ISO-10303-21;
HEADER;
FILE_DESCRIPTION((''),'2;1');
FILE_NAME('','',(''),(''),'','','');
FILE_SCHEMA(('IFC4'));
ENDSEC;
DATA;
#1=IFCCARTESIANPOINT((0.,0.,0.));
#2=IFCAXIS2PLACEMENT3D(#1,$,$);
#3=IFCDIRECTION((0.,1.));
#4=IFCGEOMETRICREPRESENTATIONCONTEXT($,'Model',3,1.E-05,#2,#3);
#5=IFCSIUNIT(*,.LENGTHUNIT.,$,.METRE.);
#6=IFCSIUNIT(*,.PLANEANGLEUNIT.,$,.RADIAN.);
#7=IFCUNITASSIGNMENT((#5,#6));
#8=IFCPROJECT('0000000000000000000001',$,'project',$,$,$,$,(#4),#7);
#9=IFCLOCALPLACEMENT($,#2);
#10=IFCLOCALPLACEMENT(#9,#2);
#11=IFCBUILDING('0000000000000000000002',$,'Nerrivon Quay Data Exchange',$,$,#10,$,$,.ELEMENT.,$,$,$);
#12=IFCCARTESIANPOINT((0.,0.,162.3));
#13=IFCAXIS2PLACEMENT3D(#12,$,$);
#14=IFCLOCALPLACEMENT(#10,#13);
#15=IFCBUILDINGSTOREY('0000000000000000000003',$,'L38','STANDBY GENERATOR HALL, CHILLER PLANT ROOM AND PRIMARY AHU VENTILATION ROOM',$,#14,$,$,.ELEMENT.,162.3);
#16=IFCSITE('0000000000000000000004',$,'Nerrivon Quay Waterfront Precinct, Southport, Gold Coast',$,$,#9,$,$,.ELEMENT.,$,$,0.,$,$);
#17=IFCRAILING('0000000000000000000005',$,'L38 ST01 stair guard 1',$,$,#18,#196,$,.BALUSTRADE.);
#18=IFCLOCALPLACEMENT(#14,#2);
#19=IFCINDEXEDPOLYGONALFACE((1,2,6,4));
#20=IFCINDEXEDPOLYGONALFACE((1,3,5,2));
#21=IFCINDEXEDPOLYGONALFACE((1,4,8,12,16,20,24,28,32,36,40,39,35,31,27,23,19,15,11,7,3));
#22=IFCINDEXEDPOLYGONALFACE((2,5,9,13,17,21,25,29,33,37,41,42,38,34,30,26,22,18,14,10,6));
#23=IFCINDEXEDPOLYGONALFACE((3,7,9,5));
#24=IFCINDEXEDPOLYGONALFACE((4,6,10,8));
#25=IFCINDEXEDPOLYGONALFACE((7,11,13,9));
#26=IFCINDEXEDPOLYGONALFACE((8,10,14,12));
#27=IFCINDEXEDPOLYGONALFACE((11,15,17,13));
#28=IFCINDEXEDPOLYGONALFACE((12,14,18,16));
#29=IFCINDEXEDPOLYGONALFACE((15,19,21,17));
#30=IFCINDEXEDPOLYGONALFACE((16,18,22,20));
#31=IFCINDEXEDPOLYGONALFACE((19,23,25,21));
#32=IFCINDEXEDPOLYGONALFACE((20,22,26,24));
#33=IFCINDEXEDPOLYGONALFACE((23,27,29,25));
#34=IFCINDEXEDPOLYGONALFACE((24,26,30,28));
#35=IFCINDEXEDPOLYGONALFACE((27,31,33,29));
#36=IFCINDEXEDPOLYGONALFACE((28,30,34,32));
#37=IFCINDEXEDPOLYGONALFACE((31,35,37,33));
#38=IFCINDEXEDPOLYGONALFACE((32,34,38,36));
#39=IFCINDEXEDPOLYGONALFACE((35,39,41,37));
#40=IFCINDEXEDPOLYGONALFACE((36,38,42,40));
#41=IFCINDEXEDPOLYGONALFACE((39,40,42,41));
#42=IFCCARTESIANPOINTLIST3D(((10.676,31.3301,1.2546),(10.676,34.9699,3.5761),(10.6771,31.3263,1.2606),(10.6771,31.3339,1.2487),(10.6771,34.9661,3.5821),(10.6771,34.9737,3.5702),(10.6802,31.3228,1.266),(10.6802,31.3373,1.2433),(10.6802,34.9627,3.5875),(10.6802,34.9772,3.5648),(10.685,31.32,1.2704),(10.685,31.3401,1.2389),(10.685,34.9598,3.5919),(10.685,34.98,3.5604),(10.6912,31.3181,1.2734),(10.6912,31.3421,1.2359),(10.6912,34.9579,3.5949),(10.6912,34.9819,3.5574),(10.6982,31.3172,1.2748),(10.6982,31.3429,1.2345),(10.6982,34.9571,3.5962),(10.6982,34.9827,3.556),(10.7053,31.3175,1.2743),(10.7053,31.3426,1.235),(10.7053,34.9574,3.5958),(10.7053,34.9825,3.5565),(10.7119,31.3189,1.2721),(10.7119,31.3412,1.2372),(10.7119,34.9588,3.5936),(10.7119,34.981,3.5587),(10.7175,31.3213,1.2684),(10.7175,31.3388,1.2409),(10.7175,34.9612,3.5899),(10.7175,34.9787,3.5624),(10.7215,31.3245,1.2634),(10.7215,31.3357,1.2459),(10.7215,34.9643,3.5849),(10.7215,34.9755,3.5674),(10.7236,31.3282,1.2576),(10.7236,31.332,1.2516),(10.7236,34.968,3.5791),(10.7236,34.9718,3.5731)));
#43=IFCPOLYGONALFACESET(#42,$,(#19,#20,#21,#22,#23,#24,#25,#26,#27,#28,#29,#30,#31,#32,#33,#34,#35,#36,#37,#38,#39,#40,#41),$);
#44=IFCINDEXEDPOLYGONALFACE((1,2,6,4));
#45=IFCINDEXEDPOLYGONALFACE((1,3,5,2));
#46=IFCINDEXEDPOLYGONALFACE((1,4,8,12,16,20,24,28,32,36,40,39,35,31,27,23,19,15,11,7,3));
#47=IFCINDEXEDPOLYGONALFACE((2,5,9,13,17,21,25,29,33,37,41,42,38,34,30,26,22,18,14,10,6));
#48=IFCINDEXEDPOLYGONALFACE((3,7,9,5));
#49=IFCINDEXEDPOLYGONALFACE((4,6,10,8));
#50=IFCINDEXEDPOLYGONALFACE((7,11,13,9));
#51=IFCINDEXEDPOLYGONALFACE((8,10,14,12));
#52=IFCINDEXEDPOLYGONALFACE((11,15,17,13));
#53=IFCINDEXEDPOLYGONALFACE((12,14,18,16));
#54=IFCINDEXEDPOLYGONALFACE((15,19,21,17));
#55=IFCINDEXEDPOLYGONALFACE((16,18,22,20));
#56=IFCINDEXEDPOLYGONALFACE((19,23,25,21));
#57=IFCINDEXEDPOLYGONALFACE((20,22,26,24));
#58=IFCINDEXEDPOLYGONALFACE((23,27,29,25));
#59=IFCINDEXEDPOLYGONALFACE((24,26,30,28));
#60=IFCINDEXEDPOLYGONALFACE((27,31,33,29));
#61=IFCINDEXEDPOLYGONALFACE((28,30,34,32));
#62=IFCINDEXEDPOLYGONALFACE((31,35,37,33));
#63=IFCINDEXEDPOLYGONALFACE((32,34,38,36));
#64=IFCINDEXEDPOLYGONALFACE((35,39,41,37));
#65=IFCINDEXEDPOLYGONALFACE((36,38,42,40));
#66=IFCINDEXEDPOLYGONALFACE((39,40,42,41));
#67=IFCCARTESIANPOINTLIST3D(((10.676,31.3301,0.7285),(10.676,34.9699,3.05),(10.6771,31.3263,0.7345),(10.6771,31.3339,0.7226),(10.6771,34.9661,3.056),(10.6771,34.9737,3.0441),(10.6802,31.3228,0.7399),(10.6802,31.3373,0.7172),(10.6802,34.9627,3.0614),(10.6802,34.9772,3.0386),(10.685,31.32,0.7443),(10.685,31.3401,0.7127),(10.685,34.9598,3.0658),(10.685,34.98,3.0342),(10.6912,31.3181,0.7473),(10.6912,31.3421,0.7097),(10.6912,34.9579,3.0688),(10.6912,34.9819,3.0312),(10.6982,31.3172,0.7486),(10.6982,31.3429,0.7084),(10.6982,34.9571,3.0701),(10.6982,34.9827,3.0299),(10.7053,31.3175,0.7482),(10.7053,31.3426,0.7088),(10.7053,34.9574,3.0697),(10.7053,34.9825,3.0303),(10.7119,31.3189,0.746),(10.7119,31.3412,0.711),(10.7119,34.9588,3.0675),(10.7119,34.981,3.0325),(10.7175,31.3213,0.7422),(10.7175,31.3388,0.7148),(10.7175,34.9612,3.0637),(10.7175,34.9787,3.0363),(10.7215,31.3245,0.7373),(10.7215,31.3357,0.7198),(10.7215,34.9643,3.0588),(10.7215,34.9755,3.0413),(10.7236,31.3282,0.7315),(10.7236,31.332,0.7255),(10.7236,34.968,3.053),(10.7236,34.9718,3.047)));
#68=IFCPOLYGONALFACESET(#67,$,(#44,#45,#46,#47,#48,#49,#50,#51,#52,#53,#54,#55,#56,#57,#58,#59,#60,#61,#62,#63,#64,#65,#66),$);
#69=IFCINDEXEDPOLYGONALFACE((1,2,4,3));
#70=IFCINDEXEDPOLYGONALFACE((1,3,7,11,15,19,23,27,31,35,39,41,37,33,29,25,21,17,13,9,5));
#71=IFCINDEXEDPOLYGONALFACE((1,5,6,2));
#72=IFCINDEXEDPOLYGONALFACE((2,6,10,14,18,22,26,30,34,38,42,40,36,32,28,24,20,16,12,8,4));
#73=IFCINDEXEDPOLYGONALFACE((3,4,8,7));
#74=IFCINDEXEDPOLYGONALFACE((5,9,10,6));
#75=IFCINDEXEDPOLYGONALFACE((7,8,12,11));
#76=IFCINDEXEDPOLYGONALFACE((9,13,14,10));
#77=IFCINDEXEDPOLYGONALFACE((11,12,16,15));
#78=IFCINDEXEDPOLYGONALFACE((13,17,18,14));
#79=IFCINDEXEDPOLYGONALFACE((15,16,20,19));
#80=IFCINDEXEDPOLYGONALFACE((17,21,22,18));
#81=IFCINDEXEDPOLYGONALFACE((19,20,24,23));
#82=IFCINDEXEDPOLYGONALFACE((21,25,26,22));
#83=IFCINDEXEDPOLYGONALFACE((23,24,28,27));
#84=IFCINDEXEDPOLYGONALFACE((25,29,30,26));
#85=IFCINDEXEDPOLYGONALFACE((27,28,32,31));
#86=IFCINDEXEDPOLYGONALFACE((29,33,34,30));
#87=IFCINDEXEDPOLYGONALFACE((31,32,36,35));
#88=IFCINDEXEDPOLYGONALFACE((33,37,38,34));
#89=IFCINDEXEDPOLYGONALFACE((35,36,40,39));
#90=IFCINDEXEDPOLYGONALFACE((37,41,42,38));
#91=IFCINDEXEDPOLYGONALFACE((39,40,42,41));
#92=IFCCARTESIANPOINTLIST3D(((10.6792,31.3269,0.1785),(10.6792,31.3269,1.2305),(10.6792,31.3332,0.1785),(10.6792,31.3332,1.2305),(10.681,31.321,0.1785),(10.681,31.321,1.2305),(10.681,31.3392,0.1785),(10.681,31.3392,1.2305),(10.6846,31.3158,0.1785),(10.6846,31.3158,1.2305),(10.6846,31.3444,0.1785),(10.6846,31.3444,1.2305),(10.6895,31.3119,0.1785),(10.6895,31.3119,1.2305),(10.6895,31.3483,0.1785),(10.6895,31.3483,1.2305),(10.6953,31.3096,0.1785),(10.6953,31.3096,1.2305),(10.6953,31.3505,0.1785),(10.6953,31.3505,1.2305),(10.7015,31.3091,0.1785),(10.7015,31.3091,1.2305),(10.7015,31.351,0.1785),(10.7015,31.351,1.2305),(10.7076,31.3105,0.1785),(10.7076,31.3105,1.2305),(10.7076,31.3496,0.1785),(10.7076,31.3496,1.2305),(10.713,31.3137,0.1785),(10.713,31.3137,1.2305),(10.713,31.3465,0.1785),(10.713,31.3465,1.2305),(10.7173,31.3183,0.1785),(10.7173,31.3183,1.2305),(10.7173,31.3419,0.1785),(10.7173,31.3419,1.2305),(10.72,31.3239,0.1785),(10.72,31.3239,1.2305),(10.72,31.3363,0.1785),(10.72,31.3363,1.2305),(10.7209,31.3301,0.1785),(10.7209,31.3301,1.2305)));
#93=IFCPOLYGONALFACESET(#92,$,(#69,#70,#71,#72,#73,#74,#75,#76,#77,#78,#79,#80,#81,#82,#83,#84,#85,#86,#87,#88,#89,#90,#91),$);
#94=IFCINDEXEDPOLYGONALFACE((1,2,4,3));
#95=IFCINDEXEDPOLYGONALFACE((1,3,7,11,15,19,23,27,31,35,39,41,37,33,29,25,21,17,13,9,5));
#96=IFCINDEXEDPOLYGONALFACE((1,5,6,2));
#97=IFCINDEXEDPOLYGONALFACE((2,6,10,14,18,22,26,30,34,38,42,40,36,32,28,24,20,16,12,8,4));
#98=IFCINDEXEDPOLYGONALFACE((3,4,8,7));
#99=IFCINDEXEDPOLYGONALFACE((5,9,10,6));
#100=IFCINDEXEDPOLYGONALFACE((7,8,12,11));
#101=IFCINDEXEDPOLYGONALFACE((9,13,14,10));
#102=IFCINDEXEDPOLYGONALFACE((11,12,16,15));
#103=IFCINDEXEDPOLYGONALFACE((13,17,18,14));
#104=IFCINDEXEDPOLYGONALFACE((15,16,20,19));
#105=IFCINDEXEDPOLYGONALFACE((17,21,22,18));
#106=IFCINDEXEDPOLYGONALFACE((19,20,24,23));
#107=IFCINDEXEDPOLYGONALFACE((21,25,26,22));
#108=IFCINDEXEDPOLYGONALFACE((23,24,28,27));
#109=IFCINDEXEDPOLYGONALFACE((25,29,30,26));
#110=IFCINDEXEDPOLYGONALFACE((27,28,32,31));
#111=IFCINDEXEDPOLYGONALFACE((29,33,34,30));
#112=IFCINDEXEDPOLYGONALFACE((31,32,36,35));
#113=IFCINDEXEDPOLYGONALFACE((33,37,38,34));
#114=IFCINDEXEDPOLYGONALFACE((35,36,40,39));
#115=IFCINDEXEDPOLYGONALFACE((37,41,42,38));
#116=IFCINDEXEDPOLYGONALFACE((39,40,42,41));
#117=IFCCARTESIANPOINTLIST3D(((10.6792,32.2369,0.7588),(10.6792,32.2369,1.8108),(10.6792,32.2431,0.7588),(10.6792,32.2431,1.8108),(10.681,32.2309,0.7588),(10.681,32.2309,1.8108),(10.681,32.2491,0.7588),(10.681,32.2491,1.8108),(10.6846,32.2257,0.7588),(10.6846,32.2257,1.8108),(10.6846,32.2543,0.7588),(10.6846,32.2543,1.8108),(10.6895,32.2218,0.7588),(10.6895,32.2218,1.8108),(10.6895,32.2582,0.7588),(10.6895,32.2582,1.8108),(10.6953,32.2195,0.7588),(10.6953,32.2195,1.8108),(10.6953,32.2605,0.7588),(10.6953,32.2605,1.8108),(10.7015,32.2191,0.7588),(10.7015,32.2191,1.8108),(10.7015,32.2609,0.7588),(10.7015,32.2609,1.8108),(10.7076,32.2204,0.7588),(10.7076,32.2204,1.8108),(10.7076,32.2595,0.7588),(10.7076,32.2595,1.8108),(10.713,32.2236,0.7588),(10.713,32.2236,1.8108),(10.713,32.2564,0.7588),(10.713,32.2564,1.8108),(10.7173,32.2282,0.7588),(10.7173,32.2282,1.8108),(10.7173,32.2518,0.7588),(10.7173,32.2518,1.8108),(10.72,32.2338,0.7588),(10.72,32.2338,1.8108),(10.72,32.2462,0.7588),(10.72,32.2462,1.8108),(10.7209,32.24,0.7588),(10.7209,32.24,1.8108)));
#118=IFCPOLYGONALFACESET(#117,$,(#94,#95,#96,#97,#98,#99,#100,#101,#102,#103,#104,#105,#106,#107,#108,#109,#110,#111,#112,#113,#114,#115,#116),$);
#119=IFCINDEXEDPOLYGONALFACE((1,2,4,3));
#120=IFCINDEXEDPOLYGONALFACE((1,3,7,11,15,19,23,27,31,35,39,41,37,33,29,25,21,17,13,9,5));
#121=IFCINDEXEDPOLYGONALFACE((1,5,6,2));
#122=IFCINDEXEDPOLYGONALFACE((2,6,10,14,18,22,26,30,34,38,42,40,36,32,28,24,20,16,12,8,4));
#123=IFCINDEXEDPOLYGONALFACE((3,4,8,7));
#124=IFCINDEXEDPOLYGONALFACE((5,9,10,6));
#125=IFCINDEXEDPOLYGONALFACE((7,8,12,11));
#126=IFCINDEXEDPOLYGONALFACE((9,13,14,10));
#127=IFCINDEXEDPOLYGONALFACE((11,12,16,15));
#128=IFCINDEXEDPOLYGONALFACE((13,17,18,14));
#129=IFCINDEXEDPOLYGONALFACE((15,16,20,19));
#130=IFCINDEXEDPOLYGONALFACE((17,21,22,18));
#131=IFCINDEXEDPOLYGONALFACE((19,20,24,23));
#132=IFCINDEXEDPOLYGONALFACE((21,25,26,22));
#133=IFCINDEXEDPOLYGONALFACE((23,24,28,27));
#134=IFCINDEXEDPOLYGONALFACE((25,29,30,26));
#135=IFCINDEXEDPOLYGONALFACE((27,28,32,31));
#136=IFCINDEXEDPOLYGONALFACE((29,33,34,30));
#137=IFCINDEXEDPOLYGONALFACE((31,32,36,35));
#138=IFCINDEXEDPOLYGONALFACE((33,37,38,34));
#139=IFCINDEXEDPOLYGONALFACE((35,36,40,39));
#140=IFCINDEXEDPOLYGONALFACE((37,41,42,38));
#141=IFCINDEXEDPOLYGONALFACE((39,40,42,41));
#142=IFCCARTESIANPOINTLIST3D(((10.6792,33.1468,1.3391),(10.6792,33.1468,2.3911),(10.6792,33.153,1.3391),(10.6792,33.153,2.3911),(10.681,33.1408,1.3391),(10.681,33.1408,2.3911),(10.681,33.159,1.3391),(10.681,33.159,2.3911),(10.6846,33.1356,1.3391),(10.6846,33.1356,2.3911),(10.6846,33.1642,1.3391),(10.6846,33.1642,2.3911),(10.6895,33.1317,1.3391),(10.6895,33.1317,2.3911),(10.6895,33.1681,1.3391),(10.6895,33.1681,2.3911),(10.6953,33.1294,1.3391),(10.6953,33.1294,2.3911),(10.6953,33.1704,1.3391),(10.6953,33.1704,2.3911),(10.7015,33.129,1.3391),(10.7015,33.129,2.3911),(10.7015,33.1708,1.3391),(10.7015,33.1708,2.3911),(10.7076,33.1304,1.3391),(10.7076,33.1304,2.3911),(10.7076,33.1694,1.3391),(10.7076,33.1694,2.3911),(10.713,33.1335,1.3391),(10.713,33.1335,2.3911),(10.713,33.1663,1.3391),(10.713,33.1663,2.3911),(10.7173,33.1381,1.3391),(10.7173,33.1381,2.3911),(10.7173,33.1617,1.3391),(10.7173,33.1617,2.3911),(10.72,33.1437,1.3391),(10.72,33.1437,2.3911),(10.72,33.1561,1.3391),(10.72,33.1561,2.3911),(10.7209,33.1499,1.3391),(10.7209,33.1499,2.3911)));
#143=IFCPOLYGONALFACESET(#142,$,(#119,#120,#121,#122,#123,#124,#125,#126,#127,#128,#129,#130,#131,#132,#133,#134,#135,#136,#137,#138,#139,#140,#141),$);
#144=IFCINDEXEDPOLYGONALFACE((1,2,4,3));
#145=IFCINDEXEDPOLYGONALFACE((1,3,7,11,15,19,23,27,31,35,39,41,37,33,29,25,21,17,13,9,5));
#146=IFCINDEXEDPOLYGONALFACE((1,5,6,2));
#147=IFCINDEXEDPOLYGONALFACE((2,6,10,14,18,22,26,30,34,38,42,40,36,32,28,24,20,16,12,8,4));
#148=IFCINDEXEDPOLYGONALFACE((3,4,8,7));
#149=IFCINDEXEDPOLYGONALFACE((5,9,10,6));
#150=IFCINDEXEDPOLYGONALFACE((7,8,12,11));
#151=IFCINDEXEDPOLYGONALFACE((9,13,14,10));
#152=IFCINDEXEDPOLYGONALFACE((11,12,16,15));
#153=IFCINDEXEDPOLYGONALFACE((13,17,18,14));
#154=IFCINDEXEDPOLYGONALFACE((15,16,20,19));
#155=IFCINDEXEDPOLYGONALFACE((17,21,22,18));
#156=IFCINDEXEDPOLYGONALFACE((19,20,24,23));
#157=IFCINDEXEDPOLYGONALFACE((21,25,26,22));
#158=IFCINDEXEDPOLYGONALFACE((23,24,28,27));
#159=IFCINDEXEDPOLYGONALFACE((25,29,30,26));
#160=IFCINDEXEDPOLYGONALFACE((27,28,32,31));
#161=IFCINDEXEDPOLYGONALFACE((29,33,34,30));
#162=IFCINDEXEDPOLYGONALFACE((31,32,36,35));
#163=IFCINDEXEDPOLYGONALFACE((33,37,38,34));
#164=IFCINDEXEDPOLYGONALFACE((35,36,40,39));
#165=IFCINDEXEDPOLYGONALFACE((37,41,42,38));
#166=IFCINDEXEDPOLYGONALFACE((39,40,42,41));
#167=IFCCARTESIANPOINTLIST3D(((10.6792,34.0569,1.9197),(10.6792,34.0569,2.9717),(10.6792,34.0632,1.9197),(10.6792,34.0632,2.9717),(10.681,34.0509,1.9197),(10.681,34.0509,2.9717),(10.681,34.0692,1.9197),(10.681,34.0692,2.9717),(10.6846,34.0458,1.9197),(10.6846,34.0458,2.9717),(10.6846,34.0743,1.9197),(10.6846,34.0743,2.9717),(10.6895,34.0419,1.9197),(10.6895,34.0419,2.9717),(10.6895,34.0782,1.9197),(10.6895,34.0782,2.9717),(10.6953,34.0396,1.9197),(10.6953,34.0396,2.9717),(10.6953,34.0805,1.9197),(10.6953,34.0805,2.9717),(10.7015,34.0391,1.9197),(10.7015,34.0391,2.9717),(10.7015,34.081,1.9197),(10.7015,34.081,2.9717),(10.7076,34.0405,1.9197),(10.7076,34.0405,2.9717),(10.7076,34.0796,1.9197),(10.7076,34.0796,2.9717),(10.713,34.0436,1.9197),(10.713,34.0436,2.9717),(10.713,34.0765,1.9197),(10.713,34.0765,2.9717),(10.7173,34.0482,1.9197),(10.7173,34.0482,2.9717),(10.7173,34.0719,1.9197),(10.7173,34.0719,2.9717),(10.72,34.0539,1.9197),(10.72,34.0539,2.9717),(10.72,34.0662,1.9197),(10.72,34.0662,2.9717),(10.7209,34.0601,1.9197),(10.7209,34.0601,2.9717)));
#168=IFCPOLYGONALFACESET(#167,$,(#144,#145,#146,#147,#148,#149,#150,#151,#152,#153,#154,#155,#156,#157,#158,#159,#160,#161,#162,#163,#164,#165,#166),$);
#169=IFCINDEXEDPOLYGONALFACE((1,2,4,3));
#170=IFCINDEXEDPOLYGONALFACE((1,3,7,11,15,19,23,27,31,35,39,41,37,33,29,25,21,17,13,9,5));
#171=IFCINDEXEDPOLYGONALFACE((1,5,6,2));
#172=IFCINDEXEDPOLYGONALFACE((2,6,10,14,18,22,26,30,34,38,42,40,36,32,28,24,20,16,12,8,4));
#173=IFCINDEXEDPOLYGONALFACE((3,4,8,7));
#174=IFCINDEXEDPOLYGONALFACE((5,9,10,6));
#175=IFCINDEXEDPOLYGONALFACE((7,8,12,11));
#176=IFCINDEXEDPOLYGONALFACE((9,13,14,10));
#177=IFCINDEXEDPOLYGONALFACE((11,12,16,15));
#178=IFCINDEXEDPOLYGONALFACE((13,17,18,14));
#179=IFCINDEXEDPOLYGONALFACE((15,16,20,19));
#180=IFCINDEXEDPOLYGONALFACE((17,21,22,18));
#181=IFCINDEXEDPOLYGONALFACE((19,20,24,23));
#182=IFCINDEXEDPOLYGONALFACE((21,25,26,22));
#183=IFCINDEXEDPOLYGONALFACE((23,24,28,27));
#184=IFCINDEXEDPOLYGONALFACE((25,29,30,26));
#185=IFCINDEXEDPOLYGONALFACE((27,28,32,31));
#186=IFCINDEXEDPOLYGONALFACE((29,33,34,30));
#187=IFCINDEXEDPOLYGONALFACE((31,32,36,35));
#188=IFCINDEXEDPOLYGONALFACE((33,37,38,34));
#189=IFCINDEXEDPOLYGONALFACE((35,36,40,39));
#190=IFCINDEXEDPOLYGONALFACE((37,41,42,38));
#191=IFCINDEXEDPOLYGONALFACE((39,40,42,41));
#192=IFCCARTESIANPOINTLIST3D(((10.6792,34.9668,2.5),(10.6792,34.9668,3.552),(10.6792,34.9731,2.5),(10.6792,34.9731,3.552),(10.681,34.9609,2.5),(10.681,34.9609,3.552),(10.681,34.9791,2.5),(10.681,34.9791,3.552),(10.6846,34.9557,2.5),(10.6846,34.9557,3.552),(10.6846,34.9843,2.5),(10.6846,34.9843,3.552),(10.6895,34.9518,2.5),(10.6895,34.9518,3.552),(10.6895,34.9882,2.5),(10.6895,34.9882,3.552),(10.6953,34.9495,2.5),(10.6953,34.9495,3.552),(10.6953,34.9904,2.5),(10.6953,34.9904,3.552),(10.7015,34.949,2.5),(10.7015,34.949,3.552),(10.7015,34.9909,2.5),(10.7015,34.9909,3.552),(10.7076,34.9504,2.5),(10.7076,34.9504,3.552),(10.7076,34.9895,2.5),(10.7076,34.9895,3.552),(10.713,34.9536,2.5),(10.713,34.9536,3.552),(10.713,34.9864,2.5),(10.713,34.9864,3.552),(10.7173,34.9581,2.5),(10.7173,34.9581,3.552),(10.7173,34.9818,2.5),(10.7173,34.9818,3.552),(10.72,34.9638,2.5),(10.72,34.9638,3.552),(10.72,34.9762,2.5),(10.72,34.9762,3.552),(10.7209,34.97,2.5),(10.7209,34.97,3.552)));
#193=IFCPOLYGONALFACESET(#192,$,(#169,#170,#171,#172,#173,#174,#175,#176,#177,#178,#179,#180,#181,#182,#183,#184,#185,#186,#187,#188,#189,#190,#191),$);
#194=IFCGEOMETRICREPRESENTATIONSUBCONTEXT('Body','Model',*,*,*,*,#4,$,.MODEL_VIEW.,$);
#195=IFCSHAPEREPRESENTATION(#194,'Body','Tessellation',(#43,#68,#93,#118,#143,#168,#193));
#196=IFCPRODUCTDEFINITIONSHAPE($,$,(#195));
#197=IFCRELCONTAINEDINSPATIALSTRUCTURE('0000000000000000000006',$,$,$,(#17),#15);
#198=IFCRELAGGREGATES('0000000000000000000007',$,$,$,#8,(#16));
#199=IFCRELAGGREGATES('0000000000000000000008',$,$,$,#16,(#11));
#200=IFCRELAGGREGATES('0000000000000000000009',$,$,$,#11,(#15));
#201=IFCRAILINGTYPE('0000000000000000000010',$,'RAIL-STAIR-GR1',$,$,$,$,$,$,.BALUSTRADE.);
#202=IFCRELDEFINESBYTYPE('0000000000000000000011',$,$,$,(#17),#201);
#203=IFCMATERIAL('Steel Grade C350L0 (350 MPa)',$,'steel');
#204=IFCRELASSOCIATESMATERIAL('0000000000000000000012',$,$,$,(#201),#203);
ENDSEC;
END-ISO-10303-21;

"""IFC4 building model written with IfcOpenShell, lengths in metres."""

from ifc_helpers import new_model, si_unit, direction, frame, origin, origin_2d, place, context, subcontext, project, spatial, circle, extrude, material, type_object, element, save


model = new_model("IFC4")

# Units and contexts
model_context = context("Model", 3, precision=1e-05, world=origin(), true_north=direction((0.0, 1.0)))
body_context = subcontext(model_context, "Body", "Model", "MODEL_VIEW")
ifc_project = project(units=[si_unit("LENGTHUNIT", "METRE"), si_unit("PLANEANGLEUNIT", "RADIAN")], contexts=[model_context])

# Site, building, storey
site_placement = place(None, origin())
site = spatial("IfcSite", under=ifc_project, at=site_placement, Name="Nerrivon Quay Waterfront Precinct, Southport, Gold Coast", CompositionType="ELEMENT", RefElevation=0.0)
building_placement = place(site_placement, origin())
building = spatial("IfcBuilding", under=site, at=building_placement, Name="Nerrivon Quay Data Exchange", CompositionType="ELEMENT")
storey_placement = place(building_placement, frame((0.0, 0.0, 162.3)))
storey = spatial("IfcBuildingStorey", under=building, at=storey_placement, Name="L38", Description="STANDBY GENERATOR HALL, CHILLER PLANT ROOM AND PRIMARY AHU VENTILATION ROOM", CompositionType="ELEMENT", Elevation=162.3)

# Shared definitions
ifc_material_1 = material(Name="Steel Grade C350L0 (350 MPa)", Category="steel")

# Railing
railing_type_1 = type_object("IfcRailingType", Name="RAIL-STAIR-GR1", PredefinedType="BALUSTRADE", material=ifc_material_1)
railing_1_placement = place(storey_placement, frame((10.7, 31.3301, 0.1785)))
element("IfcRailing", 1, at=railing_1_placement, inside=storey, type_object=railing_type_1, Name="L38 ST01 stair guard 1", PredefinedType="BALUSTRADE", context=body_context, shape_type="SweptSolid", body=[
    extrude(circle(Radius=0.0239, at=origin_2d()), frame((0.0, 0.0, 1.0762), z_axis=(0.0, 0.843112, 0.537739), x_axis=(-1.0, 0.0, 0.0)), (0.0, 0.0, 1.0), 4.3171),
    extrude(circle(Radius=0.0239, at=origin_2d()), frame((0.0, 0.0, 0.55), z_axis=(0.0, 0.843112, 0.537739), x_axis=(-1.0, 0.0, 0.0)), (0.0, 0.0, 1.0), 4.3171),
    extrude(circle(Radius=0.021, at=origin_2d()), origin(), (0.0, 0.0, 1.0), 1.052),
    extrude(circle(Radius=0.021, at=origin_2d()), frame((0.0, 0.9099, 0.5803)), (0.0, 0.0, 1.0), 1.052),
    extrude(circle(Radius=0.021, at=origin_2d()), frame((0.0, 1.8198, 1.1606)), (0.0, 0.0, 1.0), 1.052),
    extrude(circle(Radius=0.021, at=origin_2d()), frame((0.0, 2.73, 1.7412)), (0.0, 0.0, 1.0), 1.052),
    extrude(circle(Radius=0.021, at=origin_2d()), frame((0.0, 3.6399, 2.3215)), (0.0, 0.0, 1.0), 1.052),
])

save(model, "model.ifc")
